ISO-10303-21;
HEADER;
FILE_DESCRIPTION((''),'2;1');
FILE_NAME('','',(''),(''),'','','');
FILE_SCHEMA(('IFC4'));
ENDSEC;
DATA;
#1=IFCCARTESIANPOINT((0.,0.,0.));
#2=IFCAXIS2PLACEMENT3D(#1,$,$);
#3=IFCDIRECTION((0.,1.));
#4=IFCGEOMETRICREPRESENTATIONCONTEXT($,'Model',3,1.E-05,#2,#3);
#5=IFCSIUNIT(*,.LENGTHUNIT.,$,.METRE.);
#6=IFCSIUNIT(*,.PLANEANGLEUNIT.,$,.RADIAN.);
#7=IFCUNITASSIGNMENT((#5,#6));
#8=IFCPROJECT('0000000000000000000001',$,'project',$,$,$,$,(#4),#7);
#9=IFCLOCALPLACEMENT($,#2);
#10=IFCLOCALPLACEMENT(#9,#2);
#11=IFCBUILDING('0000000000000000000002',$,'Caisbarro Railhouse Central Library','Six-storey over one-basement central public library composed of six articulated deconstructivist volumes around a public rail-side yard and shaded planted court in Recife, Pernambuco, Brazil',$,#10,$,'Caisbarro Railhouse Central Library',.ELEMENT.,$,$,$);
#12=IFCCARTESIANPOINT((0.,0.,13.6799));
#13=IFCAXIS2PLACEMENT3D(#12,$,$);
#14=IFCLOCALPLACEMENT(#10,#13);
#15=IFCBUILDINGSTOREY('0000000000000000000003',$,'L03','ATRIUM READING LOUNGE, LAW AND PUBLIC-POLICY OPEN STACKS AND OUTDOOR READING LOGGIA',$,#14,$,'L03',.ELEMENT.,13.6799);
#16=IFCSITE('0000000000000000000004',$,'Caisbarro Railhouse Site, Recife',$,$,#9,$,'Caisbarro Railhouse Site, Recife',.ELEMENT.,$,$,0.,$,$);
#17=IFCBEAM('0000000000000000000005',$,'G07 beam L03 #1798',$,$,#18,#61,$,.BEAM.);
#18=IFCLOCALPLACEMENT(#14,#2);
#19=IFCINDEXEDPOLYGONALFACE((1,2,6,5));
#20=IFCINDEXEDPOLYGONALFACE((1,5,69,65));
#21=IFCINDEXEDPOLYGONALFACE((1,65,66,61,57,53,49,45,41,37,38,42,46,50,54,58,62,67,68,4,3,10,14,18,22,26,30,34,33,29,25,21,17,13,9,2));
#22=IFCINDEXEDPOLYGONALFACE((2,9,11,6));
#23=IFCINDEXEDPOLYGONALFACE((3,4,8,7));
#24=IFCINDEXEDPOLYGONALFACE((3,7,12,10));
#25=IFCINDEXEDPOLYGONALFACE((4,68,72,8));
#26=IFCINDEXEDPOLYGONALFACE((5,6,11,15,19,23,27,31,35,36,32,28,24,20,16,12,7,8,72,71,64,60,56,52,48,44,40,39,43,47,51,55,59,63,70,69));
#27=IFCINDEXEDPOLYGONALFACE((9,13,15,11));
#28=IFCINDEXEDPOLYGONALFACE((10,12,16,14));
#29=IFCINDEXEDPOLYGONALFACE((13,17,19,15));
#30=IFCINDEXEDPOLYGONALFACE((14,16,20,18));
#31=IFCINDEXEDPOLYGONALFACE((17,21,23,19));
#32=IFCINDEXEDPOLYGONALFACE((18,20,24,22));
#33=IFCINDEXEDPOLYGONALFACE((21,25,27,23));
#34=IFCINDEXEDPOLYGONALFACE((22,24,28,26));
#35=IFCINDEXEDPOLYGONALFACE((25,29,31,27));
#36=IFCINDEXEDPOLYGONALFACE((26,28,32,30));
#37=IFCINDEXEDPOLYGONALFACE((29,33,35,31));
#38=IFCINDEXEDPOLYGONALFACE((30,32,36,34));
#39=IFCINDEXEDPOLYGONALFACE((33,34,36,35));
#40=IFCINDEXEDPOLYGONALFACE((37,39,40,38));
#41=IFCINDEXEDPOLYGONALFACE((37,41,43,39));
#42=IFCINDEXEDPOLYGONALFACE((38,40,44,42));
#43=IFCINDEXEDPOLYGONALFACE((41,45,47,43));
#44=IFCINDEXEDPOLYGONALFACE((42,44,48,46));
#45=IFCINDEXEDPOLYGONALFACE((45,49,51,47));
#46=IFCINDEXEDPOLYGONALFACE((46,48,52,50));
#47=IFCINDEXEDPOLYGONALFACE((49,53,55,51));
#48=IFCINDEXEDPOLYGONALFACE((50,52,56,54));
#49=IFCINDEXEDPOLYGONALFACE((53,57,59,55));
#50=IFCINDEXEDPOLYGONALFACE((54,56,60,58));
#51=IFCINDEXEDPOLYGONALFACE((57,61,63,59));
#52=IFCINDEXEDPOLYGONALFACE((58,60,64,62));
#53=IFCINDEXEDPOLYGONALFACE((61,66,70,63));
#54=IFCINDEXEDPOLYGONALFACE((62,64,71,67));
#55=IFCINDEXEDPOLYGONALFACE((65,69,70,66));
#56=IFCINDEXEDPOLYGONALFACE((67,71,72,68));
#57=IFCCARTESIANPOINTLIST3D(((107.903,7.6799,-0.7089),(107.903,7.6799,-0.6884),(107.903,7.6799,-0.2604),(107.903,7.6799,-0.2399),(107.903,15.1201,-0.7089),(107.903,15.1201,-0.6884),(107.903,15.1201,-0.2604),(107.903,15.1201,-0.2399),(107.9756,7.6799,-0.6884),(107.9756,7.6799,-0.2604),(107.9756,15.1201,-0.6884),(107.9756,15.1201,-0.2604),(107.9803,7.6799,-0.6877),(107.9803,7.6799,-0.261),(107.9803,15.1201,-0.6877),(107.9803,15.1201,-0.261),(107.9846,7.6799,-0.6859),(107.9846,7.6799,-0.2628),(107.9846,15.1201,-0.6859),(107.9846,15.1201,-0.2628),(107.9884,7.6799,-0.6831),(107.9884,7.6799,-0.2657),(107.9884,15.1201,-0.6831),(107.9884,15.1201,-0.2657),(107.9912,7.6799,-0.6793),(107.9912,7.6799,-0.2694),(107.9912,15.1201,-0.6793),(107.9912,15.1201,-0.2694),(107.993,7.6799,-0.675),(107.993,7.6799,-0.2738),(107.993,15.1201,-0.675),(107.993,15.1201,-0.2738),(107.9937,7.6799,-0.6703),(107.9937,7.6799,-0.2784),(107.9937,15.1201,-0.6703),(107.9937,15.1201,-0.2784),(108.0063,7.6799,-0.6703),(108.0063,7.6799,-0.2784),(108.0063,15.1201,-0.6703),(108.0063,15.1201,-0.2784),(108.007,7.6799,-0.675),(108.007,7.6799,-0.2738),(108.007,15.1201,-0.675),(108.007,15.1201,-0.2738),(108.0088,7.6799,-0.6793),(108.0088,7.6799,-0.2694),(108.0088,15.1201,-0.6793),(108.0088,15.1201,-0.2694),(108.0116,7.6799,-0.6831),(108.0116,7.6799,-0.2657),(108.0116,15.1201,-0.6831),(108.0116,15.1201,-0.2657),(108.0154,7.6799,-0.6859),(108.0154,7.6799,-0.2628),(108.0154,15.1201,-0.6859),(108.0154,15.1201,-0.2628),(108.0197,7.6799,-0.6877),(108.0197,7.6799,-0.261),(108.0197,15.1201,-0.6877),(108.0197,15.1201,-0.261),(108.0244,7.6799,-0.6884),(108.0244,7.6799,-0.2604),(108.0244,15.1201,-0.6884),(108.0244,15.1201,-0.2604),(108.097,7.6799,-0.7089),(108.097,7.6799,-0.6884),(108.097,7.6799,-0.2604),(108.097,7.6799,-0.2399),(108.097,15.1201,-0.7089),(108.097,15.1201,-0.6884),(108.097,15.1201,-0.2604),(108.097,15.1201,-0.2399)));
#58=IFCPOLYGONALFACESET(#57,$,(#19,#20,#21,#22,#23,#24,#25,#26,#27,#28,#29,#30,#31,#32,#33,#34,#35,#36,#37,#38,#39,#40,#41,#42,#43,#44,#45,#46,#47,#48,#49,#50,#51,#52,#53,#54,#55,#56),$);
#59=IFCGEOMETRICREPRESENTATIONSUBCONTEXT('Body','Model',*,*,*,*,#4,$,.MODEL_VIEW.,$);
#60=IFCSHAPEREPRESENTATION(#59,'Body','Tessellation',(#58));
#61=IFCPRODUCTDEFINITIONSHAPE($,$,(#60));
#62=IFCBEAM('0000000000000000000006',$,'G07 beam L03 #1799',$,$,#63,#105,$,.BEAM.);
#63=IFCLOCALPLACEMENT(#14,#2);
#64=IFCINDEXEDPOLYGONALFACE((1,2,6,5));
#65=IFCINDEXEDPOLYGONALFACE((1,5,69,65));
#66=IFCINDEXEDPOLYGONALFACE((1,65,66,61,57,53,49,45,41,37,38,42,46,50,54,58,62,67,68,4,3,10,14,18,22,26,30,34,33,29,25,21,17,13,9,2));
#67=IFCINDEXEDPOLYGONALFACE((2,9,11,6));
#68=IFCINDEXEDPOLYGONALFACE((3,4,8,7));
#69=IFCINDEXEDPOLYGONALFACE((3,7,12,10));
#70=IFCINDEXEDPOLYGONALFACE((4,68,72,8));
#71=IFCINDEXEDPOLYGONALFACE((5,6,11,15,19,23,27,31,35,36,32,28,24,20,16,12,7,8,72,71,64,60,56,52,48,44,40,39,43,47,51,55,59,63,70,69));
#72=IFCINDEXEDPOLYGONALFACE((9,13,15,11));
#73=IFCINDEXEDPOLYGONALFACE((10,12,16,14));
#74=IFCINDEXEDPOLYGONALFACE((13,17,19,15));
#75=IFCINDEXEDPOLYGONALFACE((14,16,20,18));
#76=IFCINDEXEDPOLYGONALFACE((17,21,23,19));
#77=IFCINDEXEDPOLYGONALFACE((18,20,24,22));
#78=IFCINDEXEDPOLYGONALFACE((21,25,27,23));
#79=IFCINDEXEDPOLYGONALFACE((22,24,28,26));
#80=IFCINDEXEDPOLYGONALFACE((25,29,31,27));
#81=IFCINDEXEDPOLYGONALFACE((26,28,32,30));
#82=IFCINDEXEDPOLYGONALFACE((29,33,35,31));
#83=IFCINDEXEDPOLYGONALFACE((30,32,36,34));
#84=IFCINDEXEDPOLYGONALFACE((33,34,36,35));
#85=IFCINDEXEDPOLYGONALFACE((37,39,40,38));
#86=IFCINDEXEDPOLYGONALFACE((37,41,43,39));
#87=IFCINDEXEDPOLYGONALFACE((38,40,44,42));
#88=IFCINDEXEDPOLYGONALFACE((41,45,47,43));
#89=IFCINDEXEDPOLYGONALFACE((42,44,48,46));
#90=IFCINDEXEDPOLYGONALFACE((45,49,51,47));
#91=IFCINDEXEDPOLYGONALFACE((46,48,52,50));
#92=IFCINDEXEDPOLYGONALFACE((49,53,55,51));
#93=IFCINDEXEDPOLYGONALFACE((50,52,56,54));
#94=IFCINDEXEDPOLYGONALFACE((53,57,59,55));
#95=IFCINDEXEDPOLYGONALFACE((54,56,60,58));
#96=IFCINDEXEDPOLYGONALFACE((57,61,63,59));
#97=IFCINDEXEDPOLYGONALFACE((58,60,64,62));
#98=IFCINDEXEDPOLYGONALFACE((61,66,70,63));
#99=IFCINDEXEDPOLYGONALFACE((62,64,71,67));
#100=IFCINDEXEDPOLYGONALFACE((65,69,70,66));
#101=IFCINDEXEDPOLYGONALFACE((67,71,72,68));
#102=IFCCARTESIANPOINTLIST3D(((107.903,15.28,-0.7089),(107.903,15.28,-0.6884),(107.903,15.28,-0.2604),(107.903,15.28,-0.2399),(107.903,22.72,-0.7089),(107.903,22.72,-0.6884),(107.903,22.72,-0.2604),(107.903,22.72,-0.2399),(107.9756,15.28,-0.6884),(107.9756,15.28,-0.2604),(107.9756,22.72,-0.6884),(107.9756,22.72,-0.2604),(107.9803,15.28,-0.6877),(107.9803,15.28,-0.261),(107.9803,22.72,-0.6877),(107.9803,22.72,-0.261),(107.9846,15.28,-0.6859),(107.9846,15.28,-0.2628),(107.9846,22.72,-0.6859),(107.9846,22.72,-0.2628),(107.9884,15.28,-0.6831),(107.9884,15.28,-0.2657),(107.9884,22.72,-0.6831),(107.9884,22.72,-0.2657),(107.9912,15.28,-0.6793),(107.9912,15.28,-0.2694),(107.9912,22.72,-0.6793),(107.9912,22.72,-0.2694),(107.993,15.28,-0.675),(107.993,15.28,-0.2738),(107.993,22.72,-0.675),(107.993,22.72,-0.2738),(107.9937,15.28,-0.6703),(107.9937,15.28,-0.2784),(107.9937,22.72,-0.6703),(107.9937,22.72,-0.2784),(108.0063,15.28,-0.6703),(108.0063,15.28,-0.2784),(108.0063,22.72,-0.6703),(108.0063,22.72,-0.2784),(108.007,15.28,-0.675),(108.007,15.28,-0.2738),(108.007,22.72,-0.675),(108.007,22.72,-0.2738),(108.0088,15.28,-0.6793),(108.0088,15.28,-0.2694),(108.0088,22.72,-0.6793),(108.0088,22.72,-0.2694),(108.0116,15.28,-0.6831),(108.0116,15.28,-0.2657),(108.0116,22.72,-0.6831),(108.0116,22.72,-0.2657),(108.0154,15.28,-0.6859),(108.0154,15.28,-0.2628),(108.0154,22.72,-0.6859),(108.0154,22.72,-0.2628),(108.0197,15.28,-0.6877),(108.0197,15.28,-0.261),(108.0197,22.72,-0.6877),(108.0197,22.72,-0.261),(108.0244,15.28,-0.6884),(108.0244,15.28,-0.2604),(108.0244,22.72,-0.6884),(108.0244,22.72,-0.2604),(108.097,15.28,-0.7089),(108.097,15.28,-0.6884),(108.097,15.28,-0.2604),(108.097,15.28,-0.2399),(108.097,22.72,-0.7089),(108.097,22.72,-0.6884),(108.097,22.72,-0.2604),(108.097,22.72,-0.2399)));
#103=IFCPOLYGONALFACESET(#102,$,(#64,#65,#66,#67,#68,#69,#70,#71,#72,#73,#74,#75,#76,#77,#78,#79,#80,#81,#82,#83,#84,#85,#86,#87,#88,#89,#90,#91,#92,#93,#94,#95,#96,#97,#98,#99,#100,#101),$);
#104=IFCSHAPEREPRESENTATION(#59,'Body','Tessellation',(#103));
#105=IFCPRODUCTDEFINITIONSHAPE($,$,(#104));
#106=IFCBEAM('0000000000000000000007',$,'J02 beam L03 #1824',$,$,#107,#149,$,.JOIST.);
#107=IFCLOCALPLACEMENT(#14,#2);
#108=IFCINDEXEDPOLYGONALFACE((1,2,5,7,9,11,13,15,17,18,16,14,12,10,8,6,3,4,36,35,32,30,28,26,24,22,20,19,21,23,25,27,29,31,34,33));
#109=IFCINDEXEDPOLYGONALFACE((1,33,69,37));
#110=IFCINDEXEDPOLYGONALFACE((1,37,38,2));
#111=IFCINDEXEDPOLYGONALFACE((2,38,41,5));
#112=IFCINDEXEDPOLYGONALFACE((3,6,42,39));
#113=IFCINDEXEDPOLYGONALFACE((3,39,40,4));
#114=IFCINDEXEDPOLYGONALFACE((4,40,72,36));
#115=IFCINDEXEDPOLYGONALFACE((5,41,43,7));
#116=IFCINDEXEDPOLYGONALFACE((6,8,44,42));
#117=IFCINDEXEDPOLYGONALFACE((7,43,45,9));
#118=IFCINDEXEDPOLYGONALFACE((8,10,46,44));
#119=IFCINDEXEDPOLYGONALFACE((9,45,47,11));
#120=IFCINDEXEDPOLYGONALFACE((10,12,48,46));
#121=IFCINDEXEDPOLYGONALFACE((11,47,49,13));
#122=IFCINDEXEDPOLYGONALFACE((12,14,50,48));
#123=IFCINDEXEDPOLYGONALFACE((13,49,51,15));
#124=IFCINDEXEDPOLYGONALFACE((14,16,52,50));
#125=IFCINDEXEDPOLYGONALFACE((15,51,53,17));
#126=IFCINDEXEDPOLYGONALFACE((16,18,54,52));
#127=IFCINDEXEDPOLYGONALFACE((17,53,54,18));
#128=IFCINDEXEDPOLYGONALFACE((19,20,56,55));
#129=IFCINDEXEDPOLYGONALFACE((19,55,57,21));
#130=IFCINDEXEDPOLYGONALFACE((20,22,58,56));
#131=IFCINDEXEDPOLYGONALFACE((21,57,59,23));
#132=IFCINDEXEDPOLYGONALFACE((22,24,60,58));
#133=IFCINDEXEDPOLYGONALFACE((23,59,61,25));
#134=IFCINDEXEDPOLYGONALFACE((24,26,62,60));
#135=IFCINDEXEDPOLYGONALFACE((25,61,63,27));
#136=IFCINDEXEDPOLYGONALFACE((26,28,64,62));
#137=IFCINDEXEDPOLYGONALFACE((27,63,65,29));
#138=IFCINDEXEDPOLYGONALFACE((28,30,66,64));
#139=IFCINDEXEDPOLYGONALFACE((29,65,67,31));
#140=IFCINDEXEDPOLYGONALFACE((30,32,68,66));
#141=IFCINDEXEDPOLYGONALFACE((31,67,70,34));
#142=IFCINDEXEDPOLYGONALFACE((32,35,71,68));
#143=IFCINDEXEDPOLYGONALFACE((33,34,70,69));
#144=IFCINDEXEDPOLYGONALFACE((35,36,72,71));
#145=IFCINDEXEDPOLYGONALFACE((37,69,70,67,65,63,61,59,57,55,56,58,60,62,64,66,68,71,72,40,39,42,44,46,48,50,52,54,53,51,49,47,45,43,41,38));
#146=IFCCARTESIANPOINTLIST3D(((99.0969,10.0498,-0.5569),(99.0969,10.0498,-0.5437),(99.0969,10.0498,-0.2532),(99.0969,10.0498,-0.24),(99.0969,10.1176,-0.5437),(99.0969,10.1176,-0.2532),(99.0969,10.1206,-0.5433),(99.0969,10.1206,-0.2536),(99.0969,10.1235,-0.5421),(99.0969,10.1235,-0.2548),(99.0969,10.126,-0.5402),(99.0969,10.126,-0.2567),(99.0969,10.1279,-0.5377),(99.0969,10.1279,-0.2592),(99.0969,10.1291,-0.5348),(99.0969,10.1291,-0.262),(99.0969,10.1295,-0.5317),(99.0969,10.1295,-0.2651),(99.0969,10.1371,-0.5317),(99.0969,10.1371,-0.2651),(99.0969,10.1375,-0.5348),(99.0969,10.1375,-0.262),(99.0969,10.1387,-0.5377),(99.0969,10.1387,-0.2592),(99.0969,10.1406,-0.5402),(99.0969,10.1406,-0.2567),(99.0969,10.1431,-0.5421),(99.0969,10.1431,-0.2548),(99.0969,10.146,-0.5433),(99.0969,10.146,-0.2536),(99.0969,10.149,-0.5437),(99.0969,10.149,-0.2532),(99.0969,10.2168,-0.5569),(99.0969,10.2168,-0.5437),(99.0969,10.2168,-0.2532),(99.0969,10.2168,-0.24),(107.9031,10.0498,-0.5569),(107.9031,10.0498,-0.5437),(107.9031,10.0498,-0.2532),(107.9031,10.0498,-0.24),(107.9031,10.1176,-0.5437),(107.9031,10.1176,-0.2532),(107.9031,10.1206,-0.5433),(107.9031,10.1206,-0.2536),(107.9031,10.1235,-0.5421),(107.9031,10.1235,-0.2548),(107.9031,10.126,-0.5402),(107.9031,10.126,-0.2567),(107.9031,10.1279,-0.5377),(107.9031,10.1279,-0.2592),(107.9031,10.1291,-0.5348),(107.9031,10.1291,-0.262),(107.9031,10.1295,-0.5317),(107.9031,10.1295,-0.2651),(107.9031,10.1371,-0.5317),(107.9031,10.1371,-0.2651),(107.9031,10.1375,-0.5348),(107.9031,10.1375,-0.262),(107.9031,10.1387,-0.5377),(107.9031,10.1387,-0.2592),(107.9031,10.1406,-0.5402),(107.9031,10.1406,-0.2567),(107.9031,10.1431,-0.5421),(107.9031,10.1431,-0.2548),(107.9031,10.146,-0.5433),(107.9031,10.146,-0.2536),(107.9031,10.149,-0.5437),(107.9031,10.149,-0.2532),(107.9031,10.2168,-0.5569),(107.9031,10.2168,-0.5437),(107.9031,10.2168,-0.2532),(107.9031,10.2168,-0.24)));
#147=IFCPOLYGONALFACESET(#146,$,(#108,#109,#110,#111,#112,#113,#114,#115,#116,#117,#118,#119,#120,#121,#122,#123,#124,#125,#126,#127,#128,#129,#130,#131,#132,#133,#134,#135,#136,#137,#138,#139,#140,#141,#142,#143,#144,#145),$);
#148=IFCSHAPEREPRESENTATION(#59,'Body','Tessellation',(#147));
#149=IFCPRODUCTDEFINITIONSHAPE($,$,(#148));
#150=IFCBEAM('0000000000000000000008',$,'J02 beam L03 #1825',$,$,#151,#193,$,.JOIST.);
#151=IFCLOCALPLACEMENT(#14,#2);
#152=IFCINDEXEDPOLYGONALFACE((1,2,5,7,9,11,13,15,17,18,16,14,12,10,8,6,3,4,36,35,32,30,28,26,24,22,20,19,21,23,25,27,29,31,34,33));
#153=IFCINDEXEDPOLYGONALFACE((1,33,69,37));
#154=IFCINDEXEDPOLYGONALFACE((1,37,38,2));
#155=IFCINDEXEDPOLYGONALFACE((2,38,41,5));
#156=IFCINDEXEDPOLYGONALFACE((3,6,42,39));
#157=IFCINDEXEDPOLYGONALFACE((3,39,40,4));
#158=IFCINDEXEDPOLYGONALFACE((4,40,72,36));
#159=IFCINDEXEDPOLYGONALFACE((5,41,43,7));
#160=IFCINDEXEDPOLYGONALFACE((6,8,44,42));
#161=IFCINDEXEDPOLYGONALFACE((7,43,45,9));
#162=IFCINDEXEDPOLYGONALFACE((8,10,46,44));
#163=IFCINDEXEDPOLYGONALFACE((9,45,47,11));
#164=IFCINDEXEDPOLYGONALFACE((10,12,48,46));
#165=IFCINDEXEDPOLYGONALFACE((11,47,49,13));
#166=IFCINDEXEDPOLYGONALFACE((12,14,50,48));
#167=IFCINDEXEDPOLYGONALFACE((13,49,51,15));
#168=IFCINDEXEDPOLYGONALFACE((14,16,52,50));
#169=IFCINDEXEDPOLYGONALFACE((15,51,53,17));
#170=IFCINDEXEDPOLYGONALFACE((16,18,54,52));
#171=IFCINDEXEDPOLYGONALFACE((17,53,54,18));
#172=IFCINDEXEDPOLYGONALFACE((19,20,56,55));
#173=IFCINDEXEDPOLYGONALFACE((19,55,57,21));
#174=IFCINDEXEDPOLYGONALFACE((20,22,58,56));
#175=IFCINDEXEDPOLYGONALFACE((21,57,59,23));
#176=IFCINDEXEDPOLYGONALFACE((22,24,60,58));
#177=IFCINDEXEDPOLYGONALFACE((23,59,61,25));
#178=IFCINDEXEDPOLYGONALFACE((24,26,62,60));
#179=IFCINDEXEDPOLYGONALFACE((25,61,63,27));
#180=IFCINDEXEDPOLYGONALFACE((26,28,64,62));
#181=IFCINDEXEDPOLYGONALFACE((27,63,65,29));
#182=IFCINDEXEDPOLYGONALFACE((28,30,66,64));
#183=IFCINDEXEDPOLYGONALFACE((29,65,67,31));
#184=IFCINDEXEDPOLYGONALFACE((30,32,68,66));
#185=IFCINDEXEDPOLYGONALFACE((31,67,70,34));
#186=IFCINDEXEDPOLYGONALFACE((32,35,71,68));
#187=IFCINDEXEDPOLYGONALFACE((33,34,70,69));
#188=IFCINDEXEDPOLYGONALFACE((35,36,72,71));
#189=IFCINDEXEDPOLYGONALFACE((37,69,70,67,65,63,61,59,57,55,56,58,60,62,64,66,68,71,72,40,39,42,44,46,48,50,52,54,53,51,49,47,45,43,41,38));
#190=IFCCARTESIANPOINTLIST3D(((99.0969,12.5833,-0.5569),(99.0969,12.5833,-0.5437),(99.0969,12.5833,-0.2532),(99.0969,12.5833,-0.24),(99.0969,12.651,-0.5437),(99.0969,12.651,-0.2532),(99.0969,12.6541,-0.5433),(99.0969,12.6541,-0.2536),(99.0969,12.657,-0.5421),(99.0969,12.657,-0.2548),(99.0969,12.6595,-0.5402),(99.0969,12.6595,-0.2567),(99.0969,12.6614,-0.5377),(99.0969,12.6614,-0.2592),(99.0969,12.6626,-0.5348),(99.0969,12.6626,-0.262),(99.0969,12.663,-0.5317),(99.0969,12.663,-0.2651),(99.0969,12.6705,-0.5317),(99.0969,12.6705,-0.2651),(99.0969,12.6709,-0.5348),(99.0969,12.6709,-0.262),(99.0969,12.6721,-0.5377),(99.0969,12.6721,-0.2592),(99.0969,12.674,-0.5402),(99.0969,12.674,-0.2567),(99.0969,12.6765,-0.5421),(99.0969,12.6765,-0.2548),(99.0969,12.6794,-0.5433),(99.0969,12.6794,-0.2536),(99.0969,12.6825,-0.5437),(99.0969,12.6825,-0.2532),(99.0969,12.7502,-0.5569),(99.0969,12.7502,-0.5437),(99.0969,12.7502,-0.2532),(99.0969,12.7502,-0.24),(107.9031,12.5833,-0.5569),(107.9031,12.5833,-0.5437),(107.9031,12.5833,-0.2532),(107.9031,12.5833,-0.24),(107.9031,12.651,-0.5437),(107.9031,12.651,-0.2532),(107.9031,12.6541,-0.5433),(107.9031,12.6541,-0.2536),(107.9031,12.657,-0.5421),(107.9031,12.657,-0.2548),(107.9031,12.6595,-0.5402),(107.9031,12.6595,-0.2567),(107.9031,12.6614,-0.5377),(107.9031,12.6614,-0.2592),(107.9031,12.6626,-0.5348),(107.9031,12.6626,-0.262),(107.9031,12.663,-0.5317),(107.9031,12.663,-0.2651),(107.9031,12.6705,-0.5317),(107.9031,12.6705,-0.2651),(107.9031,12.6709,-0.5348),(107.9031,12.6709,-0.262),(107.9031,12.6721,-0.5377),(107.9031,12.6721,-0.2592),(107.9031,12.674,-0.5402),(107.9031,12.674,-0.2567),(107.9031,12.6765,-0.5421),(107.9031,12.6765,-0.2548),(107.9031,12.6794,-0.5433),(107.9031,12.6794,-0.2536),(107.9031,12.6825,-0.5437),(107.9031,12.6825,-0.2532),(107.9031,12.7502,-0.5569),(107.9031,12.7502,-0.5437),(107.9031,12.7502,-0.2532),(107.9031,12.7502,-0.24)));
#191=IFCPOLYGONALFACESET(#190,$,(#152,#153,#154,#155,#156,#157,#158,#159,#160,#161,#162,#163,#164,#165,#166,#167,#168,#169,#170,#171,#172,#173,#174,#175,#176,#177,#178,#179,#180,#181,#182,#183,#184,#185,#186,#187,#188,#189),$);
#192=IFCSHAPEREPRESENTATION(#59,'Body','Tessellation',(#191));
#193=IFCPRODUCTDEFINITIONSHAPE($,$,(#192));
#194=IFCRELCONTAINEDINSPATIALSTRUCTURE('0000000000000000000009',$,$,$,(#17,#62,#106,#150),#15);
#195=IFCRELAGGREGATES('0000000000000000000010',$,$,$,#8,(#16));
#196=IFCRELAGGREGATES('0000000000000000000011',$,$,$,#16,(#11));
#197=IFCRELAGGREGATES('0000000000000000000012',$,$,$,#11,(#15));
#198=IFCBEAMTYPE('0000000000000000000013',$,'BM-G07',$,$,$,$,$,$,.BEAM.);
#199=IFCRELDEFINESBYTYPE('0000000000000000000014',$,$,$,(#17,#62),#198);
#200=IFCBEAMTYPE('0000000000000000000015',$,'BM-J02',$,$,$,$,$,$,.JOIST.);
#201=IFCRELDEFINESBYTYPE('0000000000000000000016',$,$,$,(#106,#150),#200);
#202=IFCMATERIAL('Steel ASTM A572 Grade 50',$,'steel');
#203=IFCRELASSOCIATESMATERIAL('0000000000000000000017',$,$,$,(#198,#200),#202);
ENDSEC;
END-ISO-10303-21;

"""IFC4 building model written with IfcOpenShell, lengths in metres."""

from ifc_helpers import new_model, si_unit, direction, frame, origin, origin_2d, place, context, subcontext, project, spatial, i_section, extrude, material, material_profile, profile_set, type_object, element, save


model = new_model("IFC4")

# Units and contexts
model_context = context("Model", 3, precision=1e-05, world=origin(), true_north=direction((0.0, 1.0)))
body_context = subcontext(model_context, "Body", "Model", "MODEL_VIEW")
ifc_project = project(units=[si_unit("LENGTHUNIT", "METRE"), si_unit("PLANEANGLEUNIT", "RADIAN")], contexts=[model_context])

# Site, building, storey
site_placement = place(None, origin())
site = spatial("IfcSite", under=ifc_project, at=site_placement, Name="Caisbarro Railhouse Site, Recife", LongName="Caisbarro Railhouse Site, Recife", CompositionType="ELEMENT", RefElevation=0.0)
building_placement = place(site_placement, origin())
building = spatial("IfcBuilding", under=site, at=building_placement, Name="Caisbarro Railhouse Central Library", Description="Six-storey over one-basement central public library composed of six articulated deconstructivist volumes around a public rail-side yard and shaded planted court in Recife, Pernambuco, Brazil", LongName="Caisbarro Railhouse Central Library", CompositionType="ELEMENT")
storey_placement = place(building_placement, frame((0.0, 0.0, 13.6799)))
storey = spatial("IfcBuildingStorey", under=building, at=storey_placement, Name="L03", Description="ATRIUM READING LOUNGE, LAW AND PUBLIC-POLICY OPEN STACKS AND OUTDOOR READING LOGGIA", LongName="L03", CompositionType="ELEMENT", Elevation=13.6799)

# Shared definitions
ifc_material_1 = material(Name="Steel ASTM A572 Grade 50", Category="steel")

# Beams
ifc_material_profile_1 = material_profile(ifc_material_1, i_section(OverallWidth=0.1941, OverallDepth=0.469, WebThickness=0.0127, FlangeThickness=0.0205, FilletRadius=0.0181, at=origin_2d()), Name="W460X106.0")
ifc_profile_set_1 = profile_set([ifc_material_profile_1], Name="Steel ASTM A572 Grade 50")
beam_type_1 = type_object("IfcBeamType", Name="BM-G07", PredefinedType="BEAM", material=ifc_profile_set_1)
beam_1_placement = place(storey_placement, frame((108.0, 7.6799, -0.4744), z_axis=(0.0, 1.0, 0.0), x_axis=(-1.0, 0.0, 0.0)))
element("IfcBeam", 1, at=beam_1_placement, inside=storey, type_object=beam_type_1, Name="G07 beam L03 #1798", PredefinedType="BEAM", context=body_context, shape_type="SweptSolid", body=[
    extrude(i_section(OverallWidth=0.1941, OverallDepth=0.469, WebThickness=0.0127, FlangeThickness=0.0205, FilletRadius=0.0181, at=origin_2d()), origin(), (0.0, 0.0, 1.0), 7.4402),
])
beam_2_placement = place(storey_placement, frame((108.0, 15.28, -0.4744), z_axis=(0.0, 1.0, 0.0), x_axis=(-1.0, 0.0, 0.0)))
element("IfcBeam", 2, at=beam_2_placement, inside=storey, type_object=beam_type_1, Name="G07 beam L03 #1799", PredefinedType="BEAM", context=body_context, shape_type="SweptSolid", body=[
    extrude(i_section(OverallWidth=0.1941, OverallDepth=0.469, WebThickness=0.0127, FlangeThickness=0.0205, FilletRadius=0.0181, at=origin_2d()), origin(), (0.0, 0.0, 1.0), 7.4399),
])
ifc_material_profile_2 = material_profile(ifc_material_1, i_section(OverallWidth=0.167, OverallDepth=0.3169, WebThickness=0.0076, FlangeThickness=0.0132, FilletRadius=0.012, at=origin_2d()), Name="W310X52.0")
ifc_profile_set_2 = profile_set([ifc_material_profile_2], Name="Steel ASTM A572 Grade 50")
beam_type_2 = type_object("IfcBeamType", Name="BM-J02", PredefinedType="JOIST", material=ifc_profile_set_2)
for number, where, z_axis, x_axis, name in (
    (3, (99.0969, 10.1333, -0.3984), (1.0, 0.0, 0.0), (0.0, 1.0, 0.0), "J02 beam L03 #1824"),
    (4, (99.0969, 12.6667, -0.3984), (1.0, 0.0, 0.0), (0.0, 1.0, 0.0), "J02 beam L03 #1825"),
):
    element("IfcBeam", number, at=place(storey_placement, frame(where, z_axis=z_axis, x_axis=x_axis)), inside=storey, type_object=beam_type_2, Name=name, PredefinedType="JOIST", context=body_context, shape_type="SweptSolid", body=[
        extrude(i_section(OverallWidth=0.167, OverallDepth=0.3169, WebThickness=0.0076, FlangeThickness=0.0132, FilletRadius=0.012, at=origin_2d()), origin(), (0.0, 0.0, 1.0), 8.8062),
    ])

save(model, "model.ifc")
